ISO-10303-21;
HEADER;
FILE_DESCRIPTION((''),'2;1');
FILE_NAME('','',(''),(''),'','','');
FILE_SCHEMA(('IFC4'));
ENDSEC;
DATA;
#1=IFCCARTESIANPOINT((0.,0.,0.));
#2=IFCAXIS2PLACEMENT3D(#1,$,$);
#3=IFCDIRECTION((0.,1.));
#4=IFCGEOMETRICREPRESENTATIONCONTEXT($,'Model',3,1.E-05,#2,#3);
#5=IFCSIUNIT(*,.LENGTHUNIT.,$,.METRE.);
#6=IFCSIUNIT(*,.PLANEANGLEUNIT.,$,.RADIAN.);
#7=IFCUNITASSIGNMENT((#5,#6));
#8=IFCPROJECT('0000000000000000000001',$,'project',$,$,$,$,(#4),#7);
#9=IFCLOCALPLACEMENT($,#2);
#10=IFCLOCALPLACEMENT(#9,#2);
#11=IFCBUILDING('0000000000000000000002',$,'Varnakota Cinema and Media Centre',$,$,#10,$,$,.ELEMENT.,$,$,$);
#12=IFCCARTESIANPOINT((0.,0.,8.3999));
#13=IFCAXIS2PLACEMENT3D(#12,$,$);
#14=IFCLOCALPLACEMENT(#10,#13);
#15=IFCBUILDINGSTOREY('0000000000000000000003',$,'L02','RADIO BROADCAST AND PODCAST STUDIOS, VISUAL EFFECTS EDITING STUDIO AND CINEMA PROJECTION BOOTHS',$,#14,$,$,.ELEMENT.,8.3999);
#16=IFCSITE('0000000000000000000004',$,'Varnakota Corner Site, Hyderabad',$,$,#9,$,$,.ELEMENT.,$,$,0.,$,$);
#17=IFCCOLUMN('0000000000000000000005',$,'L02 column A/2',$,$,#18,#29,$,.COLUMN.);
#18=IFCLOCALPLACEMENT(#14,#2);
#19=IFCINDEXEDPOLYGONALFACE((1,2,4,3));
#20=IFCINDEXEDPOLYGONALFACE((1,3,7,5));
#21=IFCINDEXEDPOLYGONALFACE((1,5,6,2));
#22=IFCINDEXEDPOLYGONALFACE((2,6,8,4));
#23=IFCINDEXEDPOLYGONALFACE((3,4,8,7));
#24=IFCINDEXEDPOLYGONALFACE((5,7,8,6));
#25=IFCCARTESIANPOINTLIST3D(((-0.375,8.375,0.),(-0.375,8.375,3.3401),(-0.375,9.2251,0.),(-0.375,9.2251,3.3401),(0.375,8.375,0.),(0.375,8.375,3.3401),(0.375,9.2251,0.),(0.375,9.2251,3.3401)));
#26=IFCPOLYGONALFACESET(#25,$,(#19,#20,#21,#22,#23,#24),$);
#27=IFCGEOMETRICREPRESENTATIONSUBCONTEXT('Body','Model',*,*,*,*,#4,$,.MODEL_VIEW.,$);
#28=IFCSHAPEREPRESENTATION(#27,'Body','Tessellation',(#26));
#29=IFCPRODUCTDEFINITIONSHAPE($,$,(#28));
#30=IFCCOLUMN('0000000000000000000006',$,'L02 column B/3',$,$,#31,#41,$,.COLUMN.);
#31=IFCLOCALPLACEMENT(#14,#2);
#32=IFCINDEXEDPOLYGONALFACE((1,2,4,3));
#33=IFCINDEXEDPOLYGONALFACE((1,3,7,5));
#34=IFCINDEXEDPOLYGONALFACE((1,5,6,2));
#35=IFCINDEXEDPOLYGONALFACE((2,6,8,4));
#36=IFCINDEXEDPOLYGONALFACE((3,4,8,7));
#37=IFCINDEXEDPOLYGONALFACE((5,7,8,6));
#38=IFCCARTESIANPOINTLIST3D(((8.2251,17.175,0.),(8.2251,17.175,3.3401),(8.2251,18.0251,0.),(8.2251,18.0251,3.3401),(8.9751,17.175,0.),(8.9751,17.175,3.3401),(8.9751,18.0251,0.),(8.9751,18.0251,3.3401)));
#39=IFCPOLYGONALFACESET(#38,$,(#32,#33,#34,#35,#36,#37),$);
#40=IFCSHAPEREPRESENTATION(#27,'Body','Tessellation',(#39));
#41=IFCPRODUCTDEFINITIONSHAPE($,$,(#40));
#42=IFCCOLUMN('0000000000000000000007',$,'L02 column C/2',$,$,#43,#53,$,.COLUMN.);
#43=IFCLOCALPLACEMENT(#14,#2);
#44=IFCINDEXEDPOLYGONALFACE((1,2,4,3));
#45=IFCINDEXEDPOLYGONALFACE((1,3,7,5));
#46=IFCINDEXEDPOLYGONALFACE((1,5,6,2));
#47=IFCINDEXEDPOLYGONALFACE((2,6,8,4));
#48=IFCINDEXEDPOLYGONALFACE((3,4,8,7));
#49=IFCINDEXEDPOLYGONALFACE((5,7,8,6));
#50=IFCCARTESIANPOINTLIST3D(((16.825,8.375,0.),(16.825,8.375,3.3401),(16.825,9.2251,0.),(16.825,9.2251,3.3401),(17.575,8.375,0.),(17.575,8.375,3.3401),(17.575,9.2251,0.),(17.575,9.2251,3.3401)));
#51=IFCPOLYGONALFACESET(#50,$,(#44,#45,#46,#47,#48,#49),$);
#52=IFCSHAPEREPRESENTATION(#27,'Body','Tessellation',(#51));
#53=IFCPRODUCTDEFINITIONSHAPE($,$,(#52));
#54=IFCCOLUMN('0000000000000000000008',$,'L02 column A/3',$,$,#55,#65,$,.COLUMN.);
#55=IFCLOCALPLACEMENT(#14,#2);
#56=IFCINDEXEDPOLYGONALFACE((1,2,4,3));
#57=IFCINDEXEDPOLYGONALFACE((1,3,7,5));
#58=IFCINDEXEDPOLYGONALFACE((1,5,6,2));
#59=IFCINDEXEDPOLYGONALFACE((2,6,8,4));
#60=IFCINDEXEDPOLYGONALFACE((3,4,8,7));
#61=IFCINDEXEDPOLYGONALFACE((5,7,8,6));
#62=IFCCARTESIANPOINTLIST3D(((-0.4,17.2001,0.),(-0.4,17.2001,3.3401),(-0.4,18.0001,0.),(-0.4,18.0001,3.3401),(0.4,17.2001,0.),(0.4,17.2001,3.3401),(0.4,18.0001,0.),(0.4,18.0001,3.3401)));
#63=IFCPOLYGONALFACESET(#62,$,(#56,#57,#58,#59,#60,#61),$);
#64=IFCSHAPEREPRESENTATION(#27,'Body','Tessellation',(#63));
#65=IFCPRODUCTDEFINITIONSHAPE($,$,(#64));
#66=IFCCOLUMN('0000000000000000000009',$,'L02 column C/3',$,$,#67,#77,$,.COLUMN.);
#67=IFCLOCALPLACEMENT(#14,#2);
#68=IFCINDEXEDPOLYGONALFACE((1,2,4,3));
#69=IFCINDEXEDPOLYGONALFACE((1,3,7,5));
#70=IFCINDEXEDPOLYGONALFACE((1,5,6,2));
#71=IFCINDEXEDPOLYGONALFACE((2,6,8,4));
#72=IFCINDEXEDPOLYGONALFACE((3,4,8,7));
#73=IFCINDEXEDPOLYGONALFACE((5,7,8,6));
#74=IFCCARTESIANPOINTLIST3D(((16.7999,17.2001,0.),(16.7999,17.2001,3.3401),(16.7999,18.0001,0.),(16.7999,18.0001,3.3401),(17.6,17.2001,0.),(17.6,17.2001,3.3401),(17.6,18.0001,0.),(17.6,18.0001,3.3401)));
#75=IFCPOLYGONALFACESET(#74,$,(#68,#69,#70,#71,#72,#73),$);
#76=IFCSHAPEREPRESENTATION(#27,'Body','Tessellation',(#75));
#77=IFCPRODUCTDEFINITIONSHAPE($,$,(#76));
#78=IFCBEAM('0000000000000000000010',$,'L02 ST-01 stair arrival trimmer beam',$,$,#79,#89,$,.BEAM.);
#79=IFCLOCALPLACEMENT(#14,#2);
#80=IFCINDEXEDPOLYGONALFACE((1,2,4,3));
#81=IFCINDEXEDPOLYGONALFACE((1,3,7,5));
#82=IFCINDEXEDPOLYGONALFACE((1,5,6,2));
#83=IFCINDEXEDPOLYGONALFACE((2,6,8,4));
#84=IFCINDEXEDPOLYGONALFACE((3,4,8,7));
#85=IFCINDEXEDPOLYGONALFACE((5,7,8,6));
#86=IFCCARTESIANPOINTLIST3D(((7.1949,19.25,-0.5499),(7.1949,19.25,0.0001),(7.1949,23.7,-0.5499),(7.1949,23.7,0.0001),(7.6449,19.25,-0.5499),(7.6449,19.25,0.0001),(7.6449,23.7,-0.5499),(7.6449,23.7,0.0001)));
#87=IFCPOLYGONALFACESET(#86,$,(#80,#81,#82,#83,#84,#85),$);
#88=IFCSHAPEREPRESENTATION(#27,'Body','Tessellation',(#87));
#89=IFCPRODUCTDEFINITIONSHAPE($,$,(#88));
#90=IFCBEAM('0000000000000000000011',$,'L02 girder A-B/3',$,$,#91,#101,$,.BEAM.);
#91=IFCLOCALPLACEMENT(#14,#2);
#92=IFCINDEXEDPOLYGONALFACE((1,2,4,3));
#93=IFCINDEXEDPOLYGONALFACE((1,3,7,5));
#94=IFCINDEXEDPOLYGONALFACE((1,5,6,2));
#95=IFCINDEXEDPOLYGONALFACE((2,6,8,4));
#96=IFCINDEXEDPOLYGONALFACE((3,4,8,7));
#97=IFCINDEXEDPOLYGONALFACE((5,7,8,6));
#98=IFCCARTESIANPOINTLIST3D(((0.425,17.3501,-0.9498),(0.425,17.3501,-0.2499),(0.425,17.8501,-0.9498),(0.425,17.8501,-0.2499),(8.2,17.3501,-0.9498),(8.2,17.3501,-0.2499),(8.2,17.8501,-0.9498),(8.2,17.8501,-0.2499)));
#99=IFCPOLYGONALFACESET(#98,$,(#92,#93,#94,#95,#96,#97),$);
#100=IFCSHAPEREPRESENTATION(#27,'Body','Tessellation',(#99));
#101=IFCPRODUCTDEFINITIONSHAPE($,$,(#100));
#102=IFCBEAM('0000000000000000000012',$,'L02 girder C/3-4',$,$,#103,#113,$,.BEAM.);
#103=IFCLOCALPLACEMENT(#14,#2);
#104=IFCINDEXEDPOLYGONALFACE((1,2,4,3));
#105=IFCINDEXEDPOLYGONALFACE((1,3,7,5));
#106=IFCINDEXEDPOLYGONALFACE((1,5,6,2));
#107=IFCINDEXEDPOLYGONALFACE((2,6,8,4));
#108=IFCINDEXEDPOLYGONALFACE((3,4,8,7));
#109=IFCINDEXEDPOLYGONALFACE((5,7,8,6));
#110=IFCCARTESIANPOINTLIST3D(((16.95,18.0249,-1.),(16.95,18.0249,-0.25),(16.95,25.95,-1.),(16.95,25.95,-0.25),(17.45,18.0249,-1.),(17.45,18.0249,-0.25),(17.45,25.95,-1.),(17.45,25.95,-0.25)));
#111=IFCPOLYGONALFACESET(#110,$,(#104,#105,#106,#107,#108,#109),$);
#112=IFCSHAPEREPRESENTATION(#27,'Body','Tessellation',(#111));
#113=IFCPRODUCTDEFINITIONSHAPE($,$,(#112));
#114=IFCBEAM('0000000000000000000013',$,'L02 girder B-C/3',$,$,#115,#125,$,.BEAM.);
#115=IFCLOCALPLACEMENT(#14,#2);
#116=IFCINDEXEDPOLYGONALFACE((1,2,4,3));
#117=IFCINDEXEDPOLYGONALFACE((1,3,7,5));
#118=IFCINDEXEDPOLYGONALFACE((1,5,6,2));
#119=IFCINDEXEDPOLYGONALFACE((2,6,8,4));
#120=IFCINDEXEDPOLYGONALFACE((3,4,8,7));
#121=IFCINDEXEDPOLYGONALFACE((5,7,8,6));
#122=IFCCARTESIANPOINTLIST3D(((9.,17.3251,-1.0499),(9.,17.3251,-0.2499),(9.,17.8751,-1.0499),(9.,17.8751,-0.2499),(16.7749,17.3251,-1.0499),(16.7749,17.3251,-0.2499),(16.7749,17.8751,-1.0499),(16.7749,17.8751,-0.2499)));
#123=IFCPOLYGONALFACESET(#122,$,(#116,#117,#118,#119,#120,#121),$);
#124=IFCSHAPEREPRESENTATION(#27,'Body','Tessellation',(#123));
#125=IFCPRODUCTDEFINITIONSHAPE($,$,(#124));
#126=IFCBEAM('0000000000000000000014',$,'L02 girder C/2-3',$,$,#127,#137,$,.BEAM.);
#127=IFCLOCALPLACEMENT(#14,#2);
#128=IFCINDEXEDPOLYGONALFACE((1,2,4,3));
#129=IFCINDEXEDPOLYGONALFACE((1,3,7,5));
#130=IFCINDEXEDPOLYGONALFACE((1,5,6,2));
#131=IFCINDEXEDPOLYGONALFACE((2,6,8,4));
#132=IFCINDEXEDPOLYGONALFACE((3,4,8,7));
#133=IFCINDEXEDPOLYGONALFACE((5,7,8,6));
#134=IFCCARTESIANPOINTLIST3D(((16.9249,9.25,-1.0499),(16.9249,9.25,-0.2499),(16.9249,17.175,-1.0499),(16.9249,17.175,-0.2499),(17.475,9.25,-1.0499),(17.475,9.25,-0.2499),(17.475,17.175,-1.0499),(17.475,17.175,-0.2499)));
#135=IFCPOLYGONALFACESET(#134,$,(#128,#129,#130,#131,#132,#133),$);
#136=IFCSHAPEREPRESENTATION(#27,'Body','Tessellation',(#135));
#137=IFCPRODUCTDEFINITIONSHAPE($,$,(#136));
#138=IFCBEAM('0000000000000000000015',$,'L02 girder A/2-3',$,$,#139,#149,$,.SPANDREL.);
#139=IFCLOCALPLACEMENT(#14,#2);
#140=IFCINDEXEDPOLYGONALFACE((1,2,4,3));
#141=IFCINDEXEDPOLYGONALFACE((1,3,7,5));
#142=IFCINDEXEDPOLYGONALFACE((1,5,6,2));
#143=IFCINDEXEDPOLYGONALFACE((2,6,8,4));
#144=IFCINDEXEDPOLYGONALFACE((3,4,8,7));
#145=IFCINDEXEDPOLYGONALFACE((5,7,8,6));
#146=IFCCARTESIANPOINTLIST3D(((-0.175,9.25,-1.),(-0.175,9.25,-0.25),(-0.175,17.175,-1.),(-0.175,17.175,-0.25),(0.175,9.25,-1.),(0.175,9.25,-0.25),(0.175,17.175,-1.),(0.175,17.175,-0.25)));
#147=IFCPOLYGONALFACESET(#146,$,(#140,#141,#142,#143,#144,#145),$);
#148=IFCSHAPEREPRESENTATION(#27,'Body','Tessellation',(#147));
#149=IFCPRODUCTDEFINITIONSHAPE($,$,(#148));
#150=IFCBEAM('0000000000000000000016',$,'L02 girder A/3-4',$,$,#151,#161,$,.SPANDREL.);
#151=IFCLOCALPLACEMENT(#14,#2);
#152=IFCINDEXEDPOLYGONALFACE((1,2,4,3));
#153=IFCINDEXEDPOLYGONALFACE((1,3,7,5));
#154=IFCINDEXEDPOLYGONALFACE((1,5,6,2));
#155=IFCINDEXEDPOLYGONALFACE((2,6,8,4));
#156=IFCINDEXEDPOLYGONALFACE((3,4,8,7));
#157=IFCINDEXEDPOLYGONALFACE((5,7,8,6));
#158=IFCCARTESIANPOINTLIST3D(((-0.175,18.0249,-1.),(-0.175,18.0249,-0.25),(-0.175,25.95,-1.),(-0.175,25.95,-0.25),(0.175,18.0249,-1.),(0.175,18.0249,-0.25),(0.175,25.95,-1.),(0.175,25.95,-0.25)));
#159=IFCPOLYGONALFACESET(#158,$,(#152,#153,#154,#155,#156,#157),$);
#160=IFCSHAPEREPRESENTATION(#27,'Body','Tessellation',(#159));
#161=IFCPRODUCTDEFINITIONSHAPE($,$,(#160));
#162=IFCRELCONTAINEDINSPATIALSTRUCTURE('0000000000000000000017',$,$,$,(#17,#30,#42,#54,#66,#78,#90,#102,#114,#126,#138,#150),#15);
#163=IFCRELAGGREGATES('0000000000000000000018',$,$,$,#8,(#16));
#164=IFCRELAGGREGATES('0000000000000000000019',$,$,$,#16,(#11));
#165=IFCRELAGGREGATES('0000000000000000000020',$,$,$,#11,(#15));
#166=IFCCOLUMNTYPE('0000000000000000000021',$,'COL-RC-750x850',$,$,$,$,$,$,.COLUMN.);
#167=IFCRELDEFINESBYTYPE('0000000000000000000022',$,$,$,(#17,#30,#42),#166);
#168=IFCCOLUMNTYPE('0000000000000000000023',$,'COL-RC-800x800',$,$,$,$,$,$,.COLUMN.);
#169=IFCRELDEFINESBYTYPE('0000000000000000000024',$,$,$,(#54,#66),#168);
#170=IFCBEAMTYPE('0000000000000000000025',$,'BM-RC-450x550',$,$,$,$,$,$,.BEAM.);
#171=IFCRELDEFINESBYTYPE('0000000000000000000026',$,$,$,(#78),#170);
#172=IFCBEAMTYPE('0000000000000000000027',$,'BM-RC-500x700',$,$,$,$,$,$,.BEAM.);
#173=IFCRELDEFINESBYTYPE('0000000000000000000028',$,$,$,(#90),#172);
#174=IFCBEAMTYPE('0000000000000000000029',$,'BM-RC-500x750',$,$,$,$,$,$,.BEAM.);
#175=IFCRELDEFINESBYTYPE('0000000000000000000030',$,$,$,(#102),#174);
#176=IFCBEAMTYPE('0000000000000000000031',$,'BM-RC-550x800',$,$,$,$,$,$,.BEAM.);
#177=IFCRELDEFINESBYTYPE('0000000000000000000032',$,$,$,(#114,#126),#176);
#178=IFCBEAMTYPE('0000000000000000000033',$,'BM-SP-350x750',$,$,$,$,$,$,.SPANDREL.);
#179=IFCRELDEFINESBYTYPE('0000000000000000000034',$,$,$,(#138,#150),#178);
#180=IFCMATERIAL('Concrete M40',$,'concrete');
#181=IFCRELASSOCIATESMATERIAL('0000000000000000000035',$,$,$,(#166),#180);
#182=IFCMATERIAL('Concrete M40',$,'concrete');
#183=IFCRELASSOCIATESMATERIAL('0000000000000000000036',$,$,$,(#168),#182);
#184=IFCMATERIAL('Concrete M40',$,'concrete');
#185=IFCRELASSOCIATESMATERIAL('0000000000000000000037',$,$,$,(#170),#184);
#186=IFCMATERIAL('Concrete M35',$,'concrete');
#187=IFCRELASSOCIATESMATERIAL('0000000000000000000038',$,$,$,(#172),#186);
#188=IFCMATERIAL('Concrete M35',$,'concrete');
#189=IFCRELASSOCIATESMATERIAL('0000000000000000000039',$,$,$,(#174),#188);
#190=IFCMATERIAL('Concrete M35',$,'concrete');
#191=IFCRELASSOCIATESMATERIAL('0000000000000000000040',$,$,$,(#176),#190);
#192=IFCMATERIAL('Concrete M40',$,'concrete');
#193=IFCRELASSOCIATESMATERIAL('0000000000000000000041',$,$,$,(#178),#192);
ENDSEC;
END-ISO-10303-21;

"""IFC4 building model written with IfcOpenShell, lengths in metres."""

from ifc_helpers import new_model, si_unit, direction, frame, origin, origin_2d, place, context, subcontext, project, spatial, rectangle, extrude, material, material_profile, profile_set, type_object, element, save


model = new_model("IFC4")

# Units and contexts
model_context = context("Model", 3, precision=1e-05, world=origin(), true_north=direction((0.0, 1.0)))
body_context = subcontext(model_context, "Body", "Model", "MODEL_VIEW")
ifc_project = project(units=[si_unit("LENGTHUNIT", "METRE"), si_unit("PLANEANGLEUNIT", "RADIAN")], contexts=[model_context])

# Site, building, storey
site_placement = place(None, origin())
site = spatial("IfcSite", under=ifc_project, at=site_placement, Name="Varnakota Corner Site, Hyderabad", CompositionType="ELEMENT", RefElevation=0.0)
building_placement = place(site_placement, origin())
building = spatial("IfcBuilding", under=site, at=building_placement, Name="Varnakota Cinema and Media Centre", CompositionType="ELEMENT")
storey_placement = place(building_placement, frame((0.0, 0.0, 8.3999)))
storey = spatial("IfcBuildingStorey", under=building, at=storey_placement, Name="L02", Description="RADIO BROADCAST AND PODCAST STUDIOS, VISUAL EFFECTS EDITING STUDIO AND CINEMA PROJECTION BOOTHS", CompositionType="ELEMENT", Elevation=8.3999)

# Columns
ifc_material_1 = material(Name="Concrete M40", Category="concrete")
ifc_material_profile_1 = material_profile(ifc_material_1, rectangle(XDim=0.75, YDim=0.8501, at=origin_2d()), Name="RC 750x850")
ifc_profile_set_1 = profile_set([ifc_material_profile_1], Name="Concrete M40")
column_type_1 = type_object("IfcColumnType", Name="COL-RC-750x850", PredefinedType="COLUMN", material=ifc_profile_set_1)
for number, where, z_axis, x_axis, name in (
    (1, (0.0, 8.8, 0.0), (0.0, 0.0, 1.0), (1.0, 0.0, 0.0), "L02 column A/2"),
    (2, (8.6001, 17.6001, 0.0), (0.0, 0.0, 1.0), (1.0, 0.0, 0.0), "L02 column B/3"),
    (3, (17.2, 8.8, 0.0), (0.0, 0.0, 1.0), (1.0, 0.0, 0.0), "L02 column C/2"),
):
    element("IfcColumn", number, at=place(storey_placement, frame(where, z_axis=z_axis, x_axis=x_axis)), inside=storey, type_object=column_type_1, Name=name, PredefinedType="COLUMN", context=body_context, shape_type="SweptSolid", body=[
        extrude(rectangle(XDim=0.75, YDim=0.8501, at=origin_2d()), origin(), (0.0, 0.0, 1.0), 3.3401),
    ])
ifc_material_2 = material(Name="Concrete M40", Category="concrete")
ifc_material_profile_2 = material_profile(ifc_material_2, rectangle(XDim=0.8, YDim=0.8, at=origin_2d()), Name="RC 800x800")
ifc_profile_set_2 = profile_set([ifc_material_profile_2], Name="Concrete M40")
column_type_2 = type_object("IfcColumnType", Name="COL-RC-800x800", PredefinedType="COLUMN", material=ifc_profile_set_2)
for number, where, z_axis, x_axis, name in (
    (4, (0.0, 17.6001, 0.0), (0.0, 0.0, 1.0), (1.0, 0.0, 0.0), "L02 column A/3"),
    (5, (17.2, 17.6001, 0.0), (0.0, 0.0, 1.0), (1.0, 0.0, 0.0), "L02 column C/3"),
):
    element("IfcColumn", number, at=place(storey_placement, frame(where, z_axis=z_axis, x_axis=x_axis)), inside=storey, type_object=column_type_2, Name=name, PredefinedType="COLUMN", context=body_context, shape_type="SweptSolid", body=[
        extrude(rectangle(XDim=0.8, YDim=0.8, at=origin_2d()), origin(), (0.0, 0.0, 1.0), 3.3401),
    ])

# Beams
ifc_material_3 = material(Name="Concrete M40", Category="concrete")
ifc_material_profile_3 = material_profile(ifc_material_3, rectangle(XDim=0.45, YDim=0.55, at=origin_2d()), Name="RCB 450x550")
ifc_profile_set_3 = profile_set([ifc_material_profile_3], Name="Concrete M40")
beam_type_1 = type_object("IfcBeamType", Name="BM-RC-450x550", PredefinedType="BEAM", material=ifc_profile_set_3)
beam_1_placement = place(storey_placement, frame((7.4199, 19.25, -0.2749), z_axis=(0.0, 1.0, 0.0), x_axis=(-1.0, 0.0, 0.0)))
element("IfcBeam", 6, at=beam_1_placement, inside=storey, type_object=beam_type_1, Name="L02 ST-01 stair arrival trimmer beam", PredefinedType="BEAM", context=body_context, shape_type="SweptSolid", body=[
    extrude(rectangle(XDim=0.45, YDim=0.55, at=origin_2d()), origin(), (0.0, 0.0, 1.0), 4.45),
])
ifc_material_4 = material(Name="Concrete M35", Category="concrete")
ifc_material_profile_4 = material_profile(ifc_material_4, rectangle(XDim=0.5, YDim=0.7, at=origin_2d()), Name="RCB 500x700")
ifc_profile_set_4 = profile_set([ifc_material_profile_4], Name="Concrete M35")
beam_type_2 = type_object("IfcBeamType", Name="BM-RC-500x700", PredefinedType="BEAM", material=ifc_profile_set_4)
beam_2_placement = place(storey_placement, frame((0.425, 17.6001, -0.5999), z_axis=(1.0, 0.0, 0.0), x_axis=(0.0, 1.0, 0.0)))
element("IfcBeam", 7, at=beam_2_placement, inside=storey, type_object=beam_type_2, Name="L02 girder A-B/3", PredefinedType="BEAM", context=body_context, shape_type="SweptSolid", body=[
    extrude(rectangle(XDim=0.5, YDim=0.7, at=origin_2d()), origin(), (0.0, 0.0, 1.0), 7.7749),
])
ifc_material_5 = material(Name="Concrete M35", Category="concrete")
ifc_material_profile_5 = material_profile(ifc_material_5, rectangle(XDim=0.5, YDim=0.75, at=origin_2d()), Name="RCB 500x750")
ifc_profile_set_5 = profile_set([ifc_material_profile_5], Name="Concrete M35")
beam_type_3 = type_object("IfcBeamType", Name="BM-RC-500x750", PredefinedType="BEAM", material=ifc_profile_set_5)
beam_3_placement = place(storey_placement, frame((17.2, 18.0249, -0.625), z_axis=(0.0, 1.0, 0.0), x_axis=(-1.0, 0.0, 0.0)))
element("IfcBeam", 8, at=beam_3_placement, inside=storey, type_object=beam_type_3, Name="L02 girder C/3-4", PredefinedType="BEAM", context=body_context, shape_type="SweptSolid", body=[
    extrude(rectangle(XDim=0.5, YDim=0.75, at=origin_2d()), origin(), (0.0, 0.0, 1.0), 7.925),
])
ifc_material_6 = material(Name="Concrete M35", Category="concrete")
ifc_material_profile_6 = material_profile(ifc_material_6, rectangle(XDim=0.55, YDim=0.8, at=origin_2d()), Name="RCB 550x800")
ifc_profile_set_6 = profile_set([ifc_material_profile_6], Name="Concrete M35")
beam_type_4 = type_object("IfcBeamType", Name="BM-RC-550x800", PredefinedType="BEAM", material=ifc_profile_set_6)
beam_4_placement = place(storey_placement, frame((9.0, 17.6001, -0.6499), z_axis=(1.0, 0.0, 0.0), x_axis=(0.0, 1.0, 0.0)))
element("IfcBeam", 9, at=beam_4_placement, inside=storey, type_object=beam_type_4, Name="L02 girder B-C/3", PredefinedType="BEAM", context=body_context, shape_type="SweptSolid", body=[
    extrude(rectangle(XDim=0.55, YDim=0.8, at=origin_2d()), origin(), (0.0, 0.0, 1.0), 7.7749),
])
beam_5_placement = place(storey_placement, frame((17.2, 9.25, -0.6499), z_axis=(0.0, 1.0, 0.0), x_axis=(-1.0, 0.0, 0.0)))
element("IfcBeam", 10, at=beam_5_placement, inside=storey, type_object=beam_type_4, Name="L02 girder C/2-3", PredefinedType="BEAM", context=body_context, shape_type="SweptSolid", body=[
    extrude(rectangle(XDim=0.55, YDim=0.8, at=origin_2d()), origin(), (0.0, 0.0, 1.0), 7.925),
])
ifc_material_7 = material(Name="Concrete M40", Category="concrete")
ifc_material_profile_7 = material_profile(ifc_material_7, rectangle(XDim=0.3501, YDim=0.75, at=origin_2d()), Name="RCB 350x750")
ifc_profile_set_7 = profile_set([ifc_material_profile_7], Name="Concrete M40")
beam_type_5 = type_object("IfcBeamType", Name="BM-SP-350x750", PredefinedType="SPANDREL", material=ifc_profile_set_7)
for number, where, z_axis, x_axis, name in (
    (11, (0.0, 9.25, -0.625), (0.0, 1.0, 0.0), (-1.0, 0.0, 0.0), "L02 girder A/2-3"),
    (12, (0.0, 18.0249, -0.625), (0.0, 1.0, 0.0), (-1.0, 0.0, 0.0), "L02 girder A/3-4"),
):
    element("IfcBeam", number, at=place(storey_placement, frame(where, z_axis=z_axis, x_axis=x_axis)), inside=storey, type_object=beam_type_5, Name=name, PredefinedType="SPANDREL", context=body_context, shape_type="SweptSolid", body=[
        extrude(rectangle(XDim=0.3501, YDim=0.75, at=origin_2d()), origin(), (0.0, 0.0, 1.0), 7.925),
    ])

save(model, "model.ifc")
